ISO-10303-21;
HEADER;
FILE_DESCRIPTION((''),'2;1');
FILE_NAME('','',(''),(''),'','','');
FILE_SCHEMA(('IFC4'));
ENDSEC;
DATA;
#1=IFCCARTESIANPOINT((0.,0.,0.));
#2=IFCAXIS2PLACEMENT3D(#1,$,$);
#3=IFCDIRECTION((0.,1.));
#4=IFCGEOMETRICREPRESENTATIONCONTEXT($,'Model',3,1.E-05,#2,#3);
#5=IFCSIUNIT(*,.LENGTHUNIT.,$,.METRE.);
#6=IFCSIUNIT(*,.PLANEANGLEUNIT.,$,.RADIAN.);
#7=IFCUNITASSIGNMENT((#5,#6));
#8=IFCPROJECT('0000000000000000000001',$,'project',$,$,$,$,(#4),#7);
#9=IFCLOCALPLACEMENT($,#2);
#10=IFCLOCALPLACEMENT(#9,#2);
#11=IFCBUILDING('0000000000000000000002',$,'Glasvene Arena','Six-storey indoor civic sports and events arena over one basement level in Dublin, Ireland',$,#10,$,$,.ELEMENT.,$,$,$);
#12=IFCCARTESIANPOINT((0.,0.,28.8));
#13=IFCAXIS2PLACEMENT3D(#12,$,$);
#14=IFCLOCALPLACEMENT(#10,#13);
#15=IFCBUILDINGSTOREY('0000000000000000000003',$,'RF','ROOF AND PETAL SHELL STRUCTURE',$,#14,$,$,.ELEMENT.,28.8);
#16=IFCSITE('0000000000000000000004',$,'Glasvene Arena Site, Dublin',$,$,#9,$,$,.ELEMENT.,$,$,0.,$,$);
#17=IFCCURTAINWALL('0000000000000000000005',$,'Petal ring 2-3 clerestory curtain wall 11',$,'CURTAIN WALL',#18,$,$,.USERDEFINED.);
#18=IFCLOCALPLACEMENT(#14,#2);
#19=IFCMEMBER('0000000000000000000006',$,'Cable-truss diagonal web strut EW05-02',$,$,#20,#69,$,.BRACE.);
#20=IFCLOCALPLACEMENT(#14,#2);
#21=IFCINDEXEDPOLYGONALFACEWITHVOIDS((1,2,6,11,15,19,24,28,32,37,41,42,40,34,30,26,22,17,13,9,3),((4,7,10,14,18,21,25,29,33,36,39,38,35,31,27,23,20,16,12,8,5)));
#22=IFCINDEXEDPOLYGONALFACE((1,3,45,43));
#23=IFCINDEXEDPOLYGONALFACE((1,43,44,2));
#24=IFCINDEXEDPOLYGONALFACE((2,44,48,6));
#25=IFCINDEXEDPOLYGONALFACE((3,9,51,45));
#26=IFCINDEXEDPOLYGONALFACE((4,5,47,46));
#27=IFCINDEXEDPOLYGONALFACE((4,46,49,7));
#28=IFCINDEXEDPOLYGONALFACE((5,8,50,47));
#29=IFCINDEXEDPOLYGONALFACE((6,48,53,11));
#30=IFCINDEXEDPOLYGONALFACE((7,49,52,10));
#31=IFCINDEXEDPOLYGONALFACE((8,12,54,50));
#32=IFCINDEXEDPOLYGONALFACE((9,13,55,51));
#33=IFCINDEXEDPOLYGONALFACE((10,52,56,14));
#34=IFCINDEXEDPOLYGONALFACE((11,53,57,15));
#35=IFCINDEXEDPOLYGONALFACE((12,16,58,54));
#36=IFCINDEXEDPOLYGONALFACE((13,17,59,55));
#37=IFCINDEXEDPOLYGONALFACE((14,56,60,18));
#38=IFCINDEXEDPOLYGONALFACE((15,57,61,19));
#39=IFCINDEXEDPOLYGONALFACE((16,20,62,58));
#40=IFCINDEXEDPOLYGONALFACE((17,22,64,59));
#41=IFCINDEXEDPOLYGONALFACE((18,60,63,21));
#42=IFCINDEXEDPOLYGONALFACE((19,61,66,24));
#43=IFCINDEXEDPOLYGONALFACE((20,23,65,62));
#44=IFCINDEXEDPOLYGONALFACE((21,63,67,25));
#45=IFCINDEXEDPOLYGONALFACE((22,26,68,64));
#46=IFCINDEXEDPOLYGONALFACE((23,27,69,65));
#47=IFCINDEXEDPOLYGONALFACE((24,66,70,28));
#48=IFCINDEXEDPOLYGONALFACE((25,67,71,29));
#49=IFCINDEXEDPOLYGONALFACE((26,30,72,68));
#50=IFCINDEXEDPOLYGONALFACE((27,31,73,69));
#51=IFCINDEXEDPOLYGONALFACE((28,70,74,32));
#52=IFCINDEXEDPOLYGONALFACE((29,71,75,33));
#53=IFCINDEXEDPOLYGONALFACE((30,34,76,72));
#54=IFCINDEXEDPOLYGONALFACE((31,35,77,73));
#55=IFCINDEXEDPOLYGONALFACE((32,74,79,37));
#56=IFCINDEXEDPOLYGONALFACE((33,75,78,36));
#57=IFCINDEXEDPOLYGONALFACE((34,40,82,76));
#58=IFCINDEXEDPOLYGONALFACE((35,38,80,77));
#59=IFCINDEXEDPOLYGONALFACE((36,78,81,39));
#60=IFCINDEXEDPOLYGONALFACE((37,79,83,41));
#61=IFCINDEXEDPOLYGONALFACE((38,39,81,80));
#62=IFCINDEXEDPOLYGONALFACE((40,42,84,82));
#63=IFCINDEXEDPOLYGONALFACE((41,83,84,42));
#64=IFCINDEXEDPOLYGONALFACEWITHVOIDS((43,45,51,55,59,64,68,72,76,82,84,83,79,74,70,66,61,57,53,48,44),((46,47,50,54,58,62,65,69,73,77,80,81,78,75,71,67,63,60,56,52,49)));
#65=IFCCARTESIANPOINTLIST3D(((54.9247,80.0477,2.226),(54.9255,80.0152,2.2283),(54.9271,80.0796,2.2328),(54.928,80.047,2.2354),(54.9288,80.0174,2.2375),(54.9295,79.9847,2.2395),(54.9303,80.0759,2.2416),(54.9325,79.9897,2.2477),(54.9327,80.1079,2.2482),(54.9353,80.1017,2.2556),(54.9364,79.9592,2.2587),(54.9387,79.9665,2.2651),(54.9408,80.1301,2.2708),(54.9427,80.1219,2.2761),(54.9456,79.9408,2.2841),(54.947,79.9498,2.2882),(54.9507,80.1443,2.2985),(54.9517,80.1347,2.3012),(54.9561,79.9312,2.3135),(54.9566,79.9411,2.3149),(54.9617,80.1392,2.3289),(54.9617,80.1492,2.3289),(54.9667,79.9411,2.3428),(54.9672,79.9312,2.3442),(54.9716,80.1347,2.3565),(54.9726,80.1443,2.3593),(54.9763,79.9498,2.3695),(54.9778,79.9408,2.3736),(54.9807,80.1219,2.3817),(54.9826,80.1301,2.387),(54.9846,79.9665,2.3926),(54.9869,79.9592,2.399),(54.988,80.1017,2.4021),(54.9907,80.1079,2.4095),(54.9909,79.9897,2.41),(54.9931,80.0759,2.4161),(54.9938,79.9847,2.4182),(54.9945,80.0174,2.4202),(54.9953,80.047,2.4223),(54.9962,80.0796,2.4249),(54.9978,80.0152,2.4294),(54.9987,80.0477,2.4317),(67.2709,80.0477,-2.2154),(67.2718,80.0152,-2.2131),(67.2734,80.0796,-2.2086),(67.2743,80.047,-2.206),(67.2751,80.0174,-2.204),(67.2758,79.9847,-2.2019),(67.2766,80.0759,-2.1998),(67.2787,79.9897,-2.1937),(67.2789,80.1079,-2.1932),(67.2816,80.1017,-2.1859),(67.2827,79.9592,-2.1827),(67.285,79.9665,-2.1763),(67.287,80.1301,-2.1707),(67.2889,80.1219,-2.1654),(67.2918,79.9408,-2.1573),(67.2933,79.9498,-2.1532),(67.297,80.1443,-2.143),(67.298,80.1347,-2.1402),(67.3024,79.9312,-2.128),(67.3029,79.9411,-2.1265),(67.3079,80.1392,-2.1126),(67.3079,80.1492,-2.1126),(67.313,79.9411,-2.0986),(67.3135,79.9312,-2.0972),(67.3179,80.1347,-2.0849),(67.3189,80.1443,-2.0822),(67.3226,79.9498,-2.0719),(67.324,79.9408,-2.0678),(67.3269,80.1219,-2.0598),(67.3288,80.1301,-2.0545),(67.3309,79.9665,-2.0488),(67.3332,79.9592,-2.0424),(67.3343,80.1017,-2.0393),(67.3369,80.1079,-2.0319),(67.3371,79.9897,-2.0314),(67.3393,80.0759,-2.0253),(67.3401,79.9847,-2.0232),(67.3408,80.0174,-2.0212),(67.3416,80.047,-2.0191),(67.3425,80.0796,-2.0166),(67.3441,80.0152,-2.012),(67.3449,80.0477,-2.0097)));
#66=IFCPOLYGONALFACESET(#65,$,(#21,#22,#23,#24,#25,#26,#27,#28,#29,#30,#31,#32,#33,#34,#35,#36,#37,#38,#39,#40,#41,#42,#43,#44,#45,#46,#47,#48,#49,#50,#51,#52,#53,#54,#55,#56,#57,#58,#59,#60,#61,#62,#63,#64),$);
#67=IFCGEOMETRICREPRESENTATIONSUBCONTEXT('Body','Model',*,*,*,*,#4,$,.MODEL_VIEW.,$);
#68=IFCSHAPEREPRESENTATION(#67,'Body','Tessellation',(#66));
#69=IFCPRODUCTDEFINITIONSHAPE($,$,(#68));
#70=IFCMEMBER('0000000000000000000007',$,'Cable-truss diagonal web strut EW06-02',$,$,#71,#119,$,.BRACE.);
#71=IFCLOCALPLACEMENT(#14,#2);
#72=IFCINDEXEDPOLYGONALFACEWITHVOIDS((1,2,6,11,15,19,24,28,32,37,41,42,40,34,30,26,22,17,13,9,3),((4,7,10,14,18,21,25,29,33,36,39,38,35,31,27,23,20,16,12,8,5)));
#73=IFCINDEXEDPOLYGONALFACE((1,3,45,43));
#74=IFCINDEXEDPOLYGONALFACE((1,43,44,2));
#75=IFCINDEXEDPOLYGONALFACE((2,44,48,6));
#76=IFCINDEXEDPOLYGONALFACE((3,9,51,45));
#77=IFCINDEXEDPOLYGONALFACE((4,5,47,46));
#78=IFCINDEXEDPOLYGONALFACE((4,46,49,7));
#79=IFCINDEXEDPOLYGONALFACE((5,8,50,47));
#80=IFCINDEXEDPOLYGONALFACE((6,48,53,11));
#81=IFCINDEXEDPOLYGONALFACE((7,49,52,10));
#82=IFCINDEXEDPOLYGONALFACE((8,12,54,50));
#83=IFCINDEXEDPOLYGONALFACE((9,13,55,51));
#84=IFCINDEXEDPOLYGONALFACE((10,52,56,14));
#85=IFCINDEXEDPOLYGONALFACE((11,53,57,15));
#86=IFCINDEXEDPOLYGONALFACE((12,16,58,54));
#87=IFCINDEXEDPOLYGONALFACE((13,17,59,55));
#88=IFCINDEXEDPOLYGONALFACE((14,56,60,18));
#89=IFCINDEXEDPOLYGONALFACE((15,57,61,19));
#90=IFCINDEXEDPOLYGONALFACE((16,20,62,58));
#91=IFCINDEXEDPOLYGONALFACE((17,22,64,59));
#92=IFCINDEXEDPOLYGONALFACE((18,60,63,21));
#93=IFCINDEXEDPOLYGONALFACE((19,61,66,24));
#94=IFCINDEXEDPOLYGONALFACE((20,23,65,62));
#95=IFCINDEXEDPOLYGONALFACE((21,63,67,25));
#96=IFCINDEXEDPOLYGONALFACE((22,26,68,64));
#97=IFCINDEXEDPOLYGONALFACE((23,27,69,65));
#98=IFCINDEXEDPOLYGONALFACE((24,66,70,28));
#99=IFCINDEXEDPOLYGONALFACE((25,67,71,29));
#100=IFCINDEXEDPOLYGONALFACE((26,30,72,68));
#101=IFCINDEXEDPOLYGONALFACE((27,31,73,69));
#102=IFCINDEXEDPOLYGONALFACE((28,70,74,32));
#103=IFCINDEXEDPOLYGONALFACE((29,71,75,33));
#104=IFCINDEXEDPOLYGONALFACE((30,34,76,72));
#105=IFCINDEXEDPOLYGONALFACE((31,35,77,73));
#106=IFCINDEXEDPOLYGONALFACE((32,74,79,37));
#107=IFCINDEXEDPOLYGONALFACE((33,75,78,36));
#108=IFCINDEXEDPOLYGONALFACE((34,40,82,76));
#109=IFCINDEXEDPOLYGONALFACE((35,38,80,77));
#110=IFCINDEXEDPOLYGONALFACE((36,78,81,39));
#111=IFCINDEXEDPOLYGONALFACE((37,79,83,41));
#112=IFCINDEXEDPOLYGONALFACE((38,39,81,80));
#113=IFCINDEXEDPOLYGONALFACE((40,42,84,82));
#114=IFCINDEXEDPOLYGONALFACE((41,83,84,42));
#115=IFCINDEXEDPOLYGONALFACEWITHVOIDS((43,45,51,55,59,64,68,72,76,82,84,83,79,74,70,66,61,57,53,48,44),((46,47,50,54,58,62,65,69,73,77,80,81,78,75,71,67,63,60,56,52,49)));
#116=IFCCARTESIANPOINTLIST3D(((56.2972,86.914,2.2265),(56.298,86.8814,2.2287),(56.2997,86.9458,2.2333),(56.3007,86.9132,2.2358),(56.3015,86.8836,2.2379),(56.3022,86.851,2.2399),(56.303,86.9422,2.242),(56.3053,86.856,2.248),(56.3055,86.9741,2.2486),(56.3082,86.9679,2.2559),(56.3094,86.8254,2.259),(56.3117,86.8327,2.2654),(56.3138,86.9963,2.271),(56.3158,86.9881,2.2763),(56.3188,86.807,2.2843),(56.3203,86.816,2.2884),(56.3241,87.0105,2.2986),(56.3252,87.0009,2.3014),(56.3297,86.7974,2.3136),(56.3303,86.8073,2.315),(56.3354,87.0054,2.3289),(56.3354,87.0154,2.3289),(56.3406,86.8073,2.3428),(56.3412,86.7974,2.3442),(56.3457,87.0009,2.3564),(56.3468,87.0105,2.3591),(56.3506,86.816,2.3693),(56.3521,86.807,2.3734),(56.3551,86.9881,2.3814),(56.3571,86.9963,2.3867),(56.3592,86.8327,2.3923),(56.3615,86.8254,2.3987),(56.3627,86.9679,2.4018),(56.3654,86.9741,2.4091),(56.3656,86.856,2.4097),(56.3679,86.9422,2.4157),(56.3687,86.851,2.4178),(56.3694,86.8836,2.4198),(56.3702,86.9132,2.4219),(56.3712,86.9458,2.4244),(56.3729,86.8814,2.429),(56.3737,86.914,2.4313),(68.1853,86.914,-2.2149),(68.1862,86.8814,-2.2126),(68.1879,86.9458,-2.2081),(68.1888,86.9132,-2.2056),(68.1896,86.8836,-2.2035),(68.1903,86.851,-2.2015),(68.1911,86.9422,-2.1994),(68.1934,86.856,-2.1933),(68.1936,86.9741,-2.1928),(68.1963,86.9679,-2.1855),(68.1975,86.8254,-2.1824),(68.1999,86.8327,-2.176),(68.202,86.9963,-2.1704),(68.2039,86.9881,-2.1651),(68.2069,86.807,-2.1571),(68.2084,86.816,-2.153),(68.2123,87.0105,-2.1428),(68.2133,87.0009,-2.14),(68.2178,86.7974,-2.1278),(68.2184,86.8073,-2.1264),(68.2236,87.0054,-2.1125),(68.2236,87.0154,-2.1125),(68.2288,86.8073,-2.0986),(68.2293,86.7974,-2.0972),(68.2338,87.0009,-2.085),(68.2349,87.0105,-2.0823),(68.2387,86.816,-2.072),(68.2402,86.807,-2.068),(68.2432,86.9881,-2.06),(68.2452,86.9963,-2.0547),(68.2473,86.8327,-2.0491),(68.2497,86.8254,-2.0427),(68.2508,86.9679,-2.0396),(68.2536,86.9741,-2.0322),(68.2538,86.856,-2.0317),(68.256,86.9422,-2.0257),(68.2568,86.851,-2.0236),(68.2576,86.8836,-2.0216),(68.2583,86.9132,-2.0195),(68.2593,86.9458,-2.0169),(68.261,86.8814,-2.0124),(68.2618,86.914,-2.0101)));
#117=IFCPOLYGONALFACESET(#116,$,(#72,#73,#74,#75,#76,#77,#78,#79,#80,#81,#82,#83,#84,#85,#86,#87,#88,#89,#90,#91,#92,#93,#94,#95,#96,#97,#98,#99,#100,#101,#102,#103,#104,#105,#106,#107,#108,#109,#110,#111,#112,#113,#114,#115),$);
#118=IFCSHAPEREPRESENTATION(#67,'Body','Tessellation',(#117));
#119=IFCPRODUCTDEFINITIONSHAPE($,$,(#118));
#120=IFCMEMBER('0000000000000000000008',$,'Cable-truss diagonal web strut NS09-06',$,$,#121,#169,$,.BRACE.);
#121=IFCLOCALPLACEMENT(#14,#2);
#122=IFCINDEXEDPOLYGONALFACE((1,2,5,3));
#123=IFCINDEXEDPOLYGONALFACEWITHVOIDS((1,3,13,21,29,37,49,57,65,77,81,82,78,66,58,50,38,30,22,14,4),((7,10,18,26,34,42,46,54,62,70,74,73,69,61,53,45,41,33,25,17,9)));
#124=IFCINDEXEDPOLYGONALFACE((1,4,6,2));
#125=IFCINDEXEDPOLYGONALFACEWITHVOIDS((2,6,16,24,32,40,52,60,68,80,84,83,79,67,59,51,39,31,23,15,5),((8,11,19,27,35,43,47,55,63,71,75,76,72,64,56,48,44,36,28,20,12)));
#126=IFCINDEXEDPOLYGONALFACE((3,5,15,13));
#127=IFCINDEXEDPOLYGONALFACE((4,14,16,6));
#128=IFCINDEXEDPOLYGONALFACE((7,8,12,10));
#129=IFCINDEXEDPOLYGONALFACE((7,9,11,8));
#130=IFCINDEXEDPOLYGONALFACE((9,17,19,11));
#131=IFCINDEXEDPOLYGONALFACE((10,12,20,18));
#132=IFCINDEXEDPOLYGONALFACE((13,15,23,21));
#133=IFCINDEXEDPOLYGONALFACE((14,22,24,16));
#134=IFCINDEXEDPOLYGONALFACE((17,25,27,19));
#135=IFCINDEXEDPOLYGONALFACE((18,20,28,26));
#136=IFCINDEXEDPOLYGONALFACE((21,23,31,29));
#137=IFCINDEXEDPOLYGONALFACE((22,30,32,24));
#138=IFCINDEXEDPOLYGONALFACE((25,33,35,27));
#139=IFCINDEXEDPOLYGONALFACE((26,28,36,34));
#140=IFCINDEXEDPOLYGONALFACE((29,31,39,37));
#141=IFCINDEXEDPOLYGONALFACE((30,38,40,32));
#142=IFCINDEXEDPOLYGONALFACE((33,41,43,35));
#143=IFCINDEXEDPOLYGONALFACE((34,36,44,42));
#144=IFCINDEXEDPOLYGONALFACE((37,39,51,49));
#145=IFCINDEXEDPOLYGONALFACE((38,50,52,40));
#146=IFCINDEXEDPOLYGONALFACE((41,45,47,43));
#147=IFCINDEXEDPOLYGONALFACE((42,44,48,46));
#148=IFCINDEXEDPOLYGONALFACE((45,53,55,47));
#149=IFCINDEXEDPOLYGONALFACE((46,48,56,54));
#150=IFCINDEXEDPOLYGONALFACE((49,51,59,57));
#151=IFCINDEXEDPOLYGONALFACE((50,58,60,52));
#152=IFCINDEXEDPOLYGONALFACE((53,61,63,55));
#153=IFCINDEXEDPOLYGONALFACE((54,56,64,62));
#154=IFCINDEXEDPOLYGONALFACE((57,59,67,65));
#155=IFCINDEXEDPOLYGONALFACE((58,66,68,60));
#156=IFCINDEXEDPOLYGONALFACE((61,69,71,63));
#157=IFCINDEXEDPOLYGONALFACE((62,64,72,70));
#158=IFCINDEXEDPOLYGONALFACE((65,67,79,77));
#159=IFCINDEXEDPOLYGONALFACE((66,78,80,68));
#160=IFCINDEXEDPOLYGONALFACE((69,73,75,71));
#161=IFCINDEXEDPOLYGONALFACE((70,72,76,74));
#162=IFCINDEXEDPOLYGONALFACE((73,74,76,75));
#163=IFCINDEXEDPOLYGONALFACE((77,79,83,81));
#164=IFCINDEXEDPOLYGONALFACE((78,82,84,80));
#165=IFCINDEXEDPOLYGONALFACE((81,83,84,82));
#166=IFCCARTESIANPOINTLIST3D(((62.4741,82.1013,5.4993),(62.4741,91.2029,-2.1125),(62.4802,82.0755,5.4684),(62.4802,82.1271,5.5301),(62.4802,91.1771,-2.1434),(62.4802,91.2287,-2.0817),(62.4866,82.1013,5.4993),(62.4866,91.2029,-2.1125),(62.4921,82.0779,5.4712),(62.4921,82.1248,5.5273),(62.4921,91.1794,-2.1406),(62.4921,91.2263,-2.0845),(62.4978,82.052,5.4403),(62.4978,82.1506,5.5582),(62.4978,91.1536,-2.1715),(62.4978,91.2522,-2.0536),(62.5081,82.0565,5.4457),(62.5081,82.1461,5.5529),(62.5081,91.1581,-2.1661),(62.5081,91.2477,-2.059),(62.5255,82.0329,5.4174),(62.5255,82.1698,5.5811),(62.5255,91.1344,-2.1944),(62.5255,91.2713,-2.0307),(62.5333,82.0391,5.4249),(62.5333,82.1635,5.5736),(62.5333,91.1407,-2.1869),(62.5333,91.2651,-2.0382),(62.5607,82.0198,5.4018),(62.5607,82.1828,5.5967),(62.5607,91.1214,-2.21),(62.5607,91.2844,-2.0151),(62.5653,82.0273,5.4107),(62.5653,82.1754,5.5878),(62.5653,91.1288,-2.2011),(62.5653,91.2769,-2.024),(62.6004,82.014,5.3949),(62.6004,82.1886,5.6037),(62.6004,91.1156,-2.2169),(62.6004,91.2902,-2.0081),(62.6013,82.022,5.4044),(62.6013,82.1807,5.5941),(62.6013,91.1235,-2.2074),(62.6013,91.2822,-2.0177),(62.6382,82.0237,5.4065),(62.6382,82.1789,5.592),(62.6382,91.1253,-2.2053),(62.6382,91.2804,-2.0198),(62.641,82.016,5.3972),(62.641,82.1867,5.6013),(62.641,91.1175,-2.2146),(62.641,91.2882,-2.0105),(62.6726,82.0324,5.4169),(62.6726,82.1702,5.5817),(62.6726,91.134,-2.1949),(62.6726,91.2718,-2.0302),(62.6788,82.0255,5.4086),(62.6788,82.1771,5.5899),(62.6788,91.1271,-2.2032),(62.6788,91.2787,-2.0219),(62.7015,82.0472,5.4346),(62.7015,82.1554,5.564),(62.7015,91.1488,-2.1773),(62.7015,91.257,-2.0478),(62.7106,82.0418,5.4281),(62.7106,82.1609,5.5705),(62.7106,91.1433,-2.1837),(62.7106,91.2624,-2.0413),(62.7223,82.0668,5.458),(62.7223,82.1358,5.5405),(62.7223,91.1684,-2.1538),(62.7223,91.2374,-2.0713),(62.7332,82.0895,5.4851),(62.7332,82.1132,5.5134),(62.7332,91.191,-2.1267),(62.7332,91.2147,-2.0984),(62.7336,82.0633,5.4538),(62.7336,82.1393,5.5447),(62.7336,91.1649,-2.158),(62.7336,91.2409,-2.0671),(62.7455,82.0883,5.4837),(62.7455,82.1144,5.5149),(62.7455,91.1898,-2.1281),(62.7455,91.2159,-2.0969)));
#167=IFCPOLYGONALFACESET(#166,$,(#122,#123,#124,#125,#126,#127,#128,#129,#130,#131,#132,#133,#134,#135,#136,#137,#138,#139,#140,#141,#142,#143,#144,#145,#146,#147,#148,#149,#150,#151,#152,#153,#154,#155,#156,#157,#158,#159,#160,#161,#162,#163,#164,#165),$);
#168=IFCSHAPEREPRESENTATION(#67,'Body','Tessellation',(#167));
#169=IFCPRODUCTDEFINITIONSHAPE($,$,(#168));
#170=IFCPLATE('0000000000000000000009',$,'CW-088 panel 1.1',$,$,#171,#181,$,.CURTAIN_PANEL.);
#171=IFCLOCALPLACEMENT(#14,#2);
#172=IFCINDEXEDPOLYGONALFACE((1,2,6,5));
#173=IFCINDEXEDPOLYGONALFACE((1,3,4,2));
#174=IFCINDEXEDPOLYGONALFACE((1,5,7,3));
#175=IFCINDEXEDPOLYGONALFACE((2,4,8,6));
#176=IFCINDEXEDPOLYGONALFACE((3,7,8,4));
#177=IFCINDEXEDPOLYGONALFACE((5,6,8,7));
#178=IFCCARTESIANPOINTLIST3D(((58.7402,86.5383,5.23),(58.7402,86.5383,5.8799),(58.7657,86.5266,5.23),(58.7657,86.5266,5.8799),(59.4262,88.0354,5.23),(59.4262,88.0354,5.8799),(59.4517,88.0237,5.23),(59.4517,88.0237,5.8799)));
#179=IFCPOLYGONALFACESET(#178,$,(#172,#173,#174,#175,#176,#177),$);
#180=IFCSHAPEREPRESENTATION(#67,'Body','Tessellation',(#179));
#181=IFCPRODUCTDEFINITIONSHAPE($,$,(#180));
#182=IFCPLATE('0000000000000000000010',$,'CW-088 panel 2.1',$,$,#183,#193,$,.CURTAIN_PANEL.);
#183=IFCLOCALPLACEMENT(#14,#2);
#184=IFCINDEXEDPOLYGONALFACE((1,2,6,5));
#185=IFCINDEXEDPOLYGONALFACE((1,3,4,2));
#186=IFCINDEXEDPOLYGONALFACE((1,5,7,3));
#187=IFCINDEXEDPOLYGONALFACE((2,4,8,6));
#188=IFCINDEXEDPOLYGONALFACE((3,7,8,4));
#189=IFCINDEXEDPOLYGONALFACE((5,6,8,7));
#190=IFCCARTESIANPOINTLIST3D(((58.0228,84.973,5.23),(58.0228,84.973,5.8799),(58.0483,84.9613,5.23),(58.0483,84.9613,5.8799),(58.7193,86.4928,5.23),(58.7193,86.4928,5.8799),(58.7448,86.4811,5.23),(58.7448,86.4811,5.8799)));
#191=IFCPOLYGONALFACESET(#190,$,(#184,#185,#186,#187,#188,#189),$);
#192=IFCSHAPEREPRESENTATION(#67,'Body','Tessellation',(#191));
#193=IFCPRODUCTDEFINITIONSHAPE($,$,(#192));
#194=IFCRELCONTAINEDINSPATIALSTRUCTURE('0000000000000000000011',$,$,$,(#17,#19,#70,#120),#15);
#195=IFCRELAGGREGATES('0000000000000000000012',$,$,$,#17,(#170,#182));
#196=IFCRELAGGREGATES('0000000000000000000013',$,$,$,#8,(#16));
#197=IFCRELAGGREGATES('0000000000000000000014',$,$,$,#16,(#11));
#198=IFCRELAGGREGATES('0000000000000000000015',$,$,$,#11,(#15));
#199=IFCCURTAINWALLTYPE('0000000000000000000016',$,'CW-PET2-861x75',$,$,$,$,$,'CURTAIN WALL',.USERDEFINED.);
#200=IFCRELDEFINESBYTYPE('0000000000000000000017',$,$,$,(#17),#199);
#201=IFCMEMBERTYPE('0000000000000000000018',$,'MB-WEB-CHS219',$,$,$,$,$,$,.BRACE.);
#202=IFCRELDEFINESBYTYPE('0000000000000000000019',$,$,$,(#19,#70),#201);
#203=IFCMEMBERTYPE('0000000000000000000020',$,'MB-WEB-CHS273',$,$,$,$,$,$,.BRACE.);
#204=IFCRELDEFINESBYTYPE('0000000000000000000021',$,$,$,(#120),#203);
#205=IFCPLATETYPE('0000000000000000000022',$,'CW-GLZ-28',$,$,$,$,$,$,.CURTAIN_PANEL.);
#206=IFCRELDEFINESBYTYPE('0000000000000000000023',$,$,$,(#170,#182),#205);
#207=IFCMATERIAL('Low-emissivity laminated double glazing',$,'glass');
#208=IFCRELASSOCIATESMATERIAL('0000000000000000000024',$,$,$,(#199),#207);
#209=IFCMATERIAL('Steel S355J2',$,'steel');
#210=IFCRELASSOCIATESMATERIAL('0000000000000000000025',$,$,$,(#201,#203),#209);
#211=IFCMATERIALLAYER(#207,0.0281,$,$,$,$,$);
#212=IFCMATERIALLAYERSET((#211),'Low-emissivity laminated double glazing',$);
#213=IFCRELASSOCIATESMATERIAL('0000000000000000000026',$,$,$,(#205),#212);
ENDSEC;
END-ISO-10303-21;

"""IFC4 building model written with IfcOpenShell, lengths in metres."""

from ifc_helpers import new_model, si_unit, direction, frame, origin, origin_2d, place, context, subcontext, project, spatial, rectangle, hollow_circle, extrude, material, layer, layer_set, material_profile, profile_set, type_object, element, aggregate, save


model = new_model("IFC4")

# Units and contexts
model_context = context("Model", 3, precision=1e-05, world=origin(), true_north=direction((0.0, 1.0)))
body_context = subcontext(model_context, "Body", "Model", "MODEL_VIEW")
ifc_project = project(units=[si_unit("LENGTHUNIT", "METRE"), si_unit("PLANEANGLEUNIT", "RADIAN")], contexts=[model_context])

# Site, building, storey
site_placement = place(None, origin())
site = spatial("IfcSite", under=ifc_project, at=site_placement, Name="Glasvene Arena Site, Dublin", CompositionType="ELEMENT", RefElevation=0.0)
building_placement = place(site_placement, origin())
building = spatial("IfcBuilding", under=site, at=building_placement, Name="Glasvene Arena", Description="Six-storey indoor civic sports and events arena over one basement level in Dublin, Ireland", CompositionType="ELEMENT")
storey_placement = place(building_placement, frame((0.0, 0.0, 28.8)))
storey = spatial("IfcBuildingStorey", under=building, at=storey_placement, Name="RF", Description="ROOF AND PETAL SHELL STRUCTURE", CompositionType="ELEMENT", Elevation=28.8)

# Curtain wall
ifc_material_1 = material(Name="Low-emissivity laminated double glazing", Category="glass")
curtain_wall_type_1 = type_object("IfcCurtainWallType", Name="CW-PET2-861x75", ElementType="CURTAIN WALL", PredefinedType="USERDEFINED", material=ifc_material_1)
curtain_wall_1_placement = place(storey_placement, frame((59.4597, 88.075, 0.0)))
curtain_wall_1 = element("IfcCurtainWall", 1, at=curtain_wall_1_placement, inside=storey, type_object=curtain_wall_type_1, Name="Petal ring 2-3 clerestory curtain wall 11", ObjectType="CURTAIN WALL", PredefinedType="USERDEFINED")

# Members
ifc_material_2 = material(Name="Steel S355J2", Category="steel")
ifc_material_profile_1 = material_profile(ifc_material_2, hollow_circle(Radius=0.1096, WallThickness=0.01, at=origin_2d()), Name="CHS 219.1x10.0")
ifc_profile_set_1 = profile_set([ifc_material_profile_1], Name="Steel S355J2")
member_type_1 = type_object("IfcMemberType", Name="MB-WEB-CHS219", PredefinedType="BRACE", material=ifc_profile_set_1)
member_1_placement = place(storey_placement, frame((54.9617, 80.0396, 2.3289), z_axis=(0.940966, 0.0, -0.338502), x_axis=(0.0, 1.0, 0.0)))
element("IfcMember", 2, at=member_1_placement, inside=storey, type_object=member_type_1, Name="Cable-truss diagonal web strut EW05-02", PredefinedType="BRACE", context=body_context, shape_type="SweptSolid", body=[
    extrude(hollow_circle(Radius=0.1096, WallThickness=0.01, at=origin_2d()), origin(), (0.0, 0.0, 1.0), 13.1208),
])
member_2_placement = place(storey_placement, frame((56.3354, 86.9058, 2.3289), z_axis=(0.93676, 0.0, -0.349972), x_axis=(0.0, 1.0, 0.0)))
element("IfcMember", 3, at=member_2_placement, inside=storey, type_object=member_type_1, Name="Cable-truss diagonal web strut EW06-02", PredefinedType="BRACE", context=body_context, shape_type="SweptSolid", body=[
    extrude(hollow_circle(Radius=0.1096, WallThickness=0.01, at=origin_2d()), origin(), (0.0, 0.0, 1.0), 12.6907),
])
ifc_material_profile_2 = material_profile(ifc_material_2, hollow_circle(Radius=0.1365, WallThickness=0.0125, at=origin_2d()), Name="CHS 273.0x12.5")
ifc_profile_set_2 = profile_set([ifc_material_profile_2], Name="Steel S355J2")
member_type_2 = type_object("IfcMemberType", Name="MB-WEB-CHS273", PredefinedType="BRACE", material=ifc_profile_set_2)
member_3_placement = place(storey_placement, frame((62.6106, 82.1013, 5.4993), z_axis=(0.0, 0.767093, -0.641535), x_axis=(-1.0, 0.0, 0.0)))
element("IfcMember", 4, at=member_3_placement, inside=storey, type_object=member_type_2, Name="Cable-truss diagonal web strut NS09-06", PredefinedType="BRACE", context=body_context, shape_type="SweptSolid", body=[
    extrude(hollow_circle(Radius=0.1365, WallThickness=0.0125, at=origin_2d()), origin(), (0.0, 0.0, 1.0), 11.865),
])

# Plates
ifc_layer = layer(ifc_material_1, 0.0281)
ifc_layer_set = layer_set([ifc_layer], Name="Low-emissivity laminated double glazing")
plate_type = type_object("IfcPlateType", Name="CW-GLZ-28", PredefinedType="CURTAIN_PANEL", material=ifc_layer_set)
plate_1_placement = place(storey_placement, frame((59.0959, 87.281, 5.23), z_axis=(0.0, 0.0, 1.0), x_axis=(-0.416592, -0.909094, 0.0)))
plate_1 = element("IfcPlate", 5, at=plate_1_placement, type_object=plate_type, Name="CW-088 panel 1.1", PredefinedType="CURTAIN_PANEL", context=body_context, shape_type="SweptSolid", body=[
    extrude(rectangle(XDim=1.6467, YDim=0.0281, at=origin_2d()), origin(), (0.0, 0.0, 1.0), 0.6499),
])
plate_2_placement = place(storey_placement, frame((58.3838, 85.7271, 5.23), z_axis=(0.0, 0.0, 1.0), x_axis=(-0.416592, -0.909094, 0.0)))
plate_2 = element("IfcPlate", 6, at=plate_2_placement, type_object=plate_type, Name="CW-088 panel 2.1", PredefinedType="CURTAIN_PANEL", context=body_context, shape_type="SweptSolid", body=[
    extrude(rectangle(XDim=1.6719, YDim=0.0281, at=origin_2d()), origin(), (0.0, 0.0, 1.0), 0.6499),
])
aggregate(curtain_wall_1, [plate_1, plate_2])

save(model, "model.ifc")
